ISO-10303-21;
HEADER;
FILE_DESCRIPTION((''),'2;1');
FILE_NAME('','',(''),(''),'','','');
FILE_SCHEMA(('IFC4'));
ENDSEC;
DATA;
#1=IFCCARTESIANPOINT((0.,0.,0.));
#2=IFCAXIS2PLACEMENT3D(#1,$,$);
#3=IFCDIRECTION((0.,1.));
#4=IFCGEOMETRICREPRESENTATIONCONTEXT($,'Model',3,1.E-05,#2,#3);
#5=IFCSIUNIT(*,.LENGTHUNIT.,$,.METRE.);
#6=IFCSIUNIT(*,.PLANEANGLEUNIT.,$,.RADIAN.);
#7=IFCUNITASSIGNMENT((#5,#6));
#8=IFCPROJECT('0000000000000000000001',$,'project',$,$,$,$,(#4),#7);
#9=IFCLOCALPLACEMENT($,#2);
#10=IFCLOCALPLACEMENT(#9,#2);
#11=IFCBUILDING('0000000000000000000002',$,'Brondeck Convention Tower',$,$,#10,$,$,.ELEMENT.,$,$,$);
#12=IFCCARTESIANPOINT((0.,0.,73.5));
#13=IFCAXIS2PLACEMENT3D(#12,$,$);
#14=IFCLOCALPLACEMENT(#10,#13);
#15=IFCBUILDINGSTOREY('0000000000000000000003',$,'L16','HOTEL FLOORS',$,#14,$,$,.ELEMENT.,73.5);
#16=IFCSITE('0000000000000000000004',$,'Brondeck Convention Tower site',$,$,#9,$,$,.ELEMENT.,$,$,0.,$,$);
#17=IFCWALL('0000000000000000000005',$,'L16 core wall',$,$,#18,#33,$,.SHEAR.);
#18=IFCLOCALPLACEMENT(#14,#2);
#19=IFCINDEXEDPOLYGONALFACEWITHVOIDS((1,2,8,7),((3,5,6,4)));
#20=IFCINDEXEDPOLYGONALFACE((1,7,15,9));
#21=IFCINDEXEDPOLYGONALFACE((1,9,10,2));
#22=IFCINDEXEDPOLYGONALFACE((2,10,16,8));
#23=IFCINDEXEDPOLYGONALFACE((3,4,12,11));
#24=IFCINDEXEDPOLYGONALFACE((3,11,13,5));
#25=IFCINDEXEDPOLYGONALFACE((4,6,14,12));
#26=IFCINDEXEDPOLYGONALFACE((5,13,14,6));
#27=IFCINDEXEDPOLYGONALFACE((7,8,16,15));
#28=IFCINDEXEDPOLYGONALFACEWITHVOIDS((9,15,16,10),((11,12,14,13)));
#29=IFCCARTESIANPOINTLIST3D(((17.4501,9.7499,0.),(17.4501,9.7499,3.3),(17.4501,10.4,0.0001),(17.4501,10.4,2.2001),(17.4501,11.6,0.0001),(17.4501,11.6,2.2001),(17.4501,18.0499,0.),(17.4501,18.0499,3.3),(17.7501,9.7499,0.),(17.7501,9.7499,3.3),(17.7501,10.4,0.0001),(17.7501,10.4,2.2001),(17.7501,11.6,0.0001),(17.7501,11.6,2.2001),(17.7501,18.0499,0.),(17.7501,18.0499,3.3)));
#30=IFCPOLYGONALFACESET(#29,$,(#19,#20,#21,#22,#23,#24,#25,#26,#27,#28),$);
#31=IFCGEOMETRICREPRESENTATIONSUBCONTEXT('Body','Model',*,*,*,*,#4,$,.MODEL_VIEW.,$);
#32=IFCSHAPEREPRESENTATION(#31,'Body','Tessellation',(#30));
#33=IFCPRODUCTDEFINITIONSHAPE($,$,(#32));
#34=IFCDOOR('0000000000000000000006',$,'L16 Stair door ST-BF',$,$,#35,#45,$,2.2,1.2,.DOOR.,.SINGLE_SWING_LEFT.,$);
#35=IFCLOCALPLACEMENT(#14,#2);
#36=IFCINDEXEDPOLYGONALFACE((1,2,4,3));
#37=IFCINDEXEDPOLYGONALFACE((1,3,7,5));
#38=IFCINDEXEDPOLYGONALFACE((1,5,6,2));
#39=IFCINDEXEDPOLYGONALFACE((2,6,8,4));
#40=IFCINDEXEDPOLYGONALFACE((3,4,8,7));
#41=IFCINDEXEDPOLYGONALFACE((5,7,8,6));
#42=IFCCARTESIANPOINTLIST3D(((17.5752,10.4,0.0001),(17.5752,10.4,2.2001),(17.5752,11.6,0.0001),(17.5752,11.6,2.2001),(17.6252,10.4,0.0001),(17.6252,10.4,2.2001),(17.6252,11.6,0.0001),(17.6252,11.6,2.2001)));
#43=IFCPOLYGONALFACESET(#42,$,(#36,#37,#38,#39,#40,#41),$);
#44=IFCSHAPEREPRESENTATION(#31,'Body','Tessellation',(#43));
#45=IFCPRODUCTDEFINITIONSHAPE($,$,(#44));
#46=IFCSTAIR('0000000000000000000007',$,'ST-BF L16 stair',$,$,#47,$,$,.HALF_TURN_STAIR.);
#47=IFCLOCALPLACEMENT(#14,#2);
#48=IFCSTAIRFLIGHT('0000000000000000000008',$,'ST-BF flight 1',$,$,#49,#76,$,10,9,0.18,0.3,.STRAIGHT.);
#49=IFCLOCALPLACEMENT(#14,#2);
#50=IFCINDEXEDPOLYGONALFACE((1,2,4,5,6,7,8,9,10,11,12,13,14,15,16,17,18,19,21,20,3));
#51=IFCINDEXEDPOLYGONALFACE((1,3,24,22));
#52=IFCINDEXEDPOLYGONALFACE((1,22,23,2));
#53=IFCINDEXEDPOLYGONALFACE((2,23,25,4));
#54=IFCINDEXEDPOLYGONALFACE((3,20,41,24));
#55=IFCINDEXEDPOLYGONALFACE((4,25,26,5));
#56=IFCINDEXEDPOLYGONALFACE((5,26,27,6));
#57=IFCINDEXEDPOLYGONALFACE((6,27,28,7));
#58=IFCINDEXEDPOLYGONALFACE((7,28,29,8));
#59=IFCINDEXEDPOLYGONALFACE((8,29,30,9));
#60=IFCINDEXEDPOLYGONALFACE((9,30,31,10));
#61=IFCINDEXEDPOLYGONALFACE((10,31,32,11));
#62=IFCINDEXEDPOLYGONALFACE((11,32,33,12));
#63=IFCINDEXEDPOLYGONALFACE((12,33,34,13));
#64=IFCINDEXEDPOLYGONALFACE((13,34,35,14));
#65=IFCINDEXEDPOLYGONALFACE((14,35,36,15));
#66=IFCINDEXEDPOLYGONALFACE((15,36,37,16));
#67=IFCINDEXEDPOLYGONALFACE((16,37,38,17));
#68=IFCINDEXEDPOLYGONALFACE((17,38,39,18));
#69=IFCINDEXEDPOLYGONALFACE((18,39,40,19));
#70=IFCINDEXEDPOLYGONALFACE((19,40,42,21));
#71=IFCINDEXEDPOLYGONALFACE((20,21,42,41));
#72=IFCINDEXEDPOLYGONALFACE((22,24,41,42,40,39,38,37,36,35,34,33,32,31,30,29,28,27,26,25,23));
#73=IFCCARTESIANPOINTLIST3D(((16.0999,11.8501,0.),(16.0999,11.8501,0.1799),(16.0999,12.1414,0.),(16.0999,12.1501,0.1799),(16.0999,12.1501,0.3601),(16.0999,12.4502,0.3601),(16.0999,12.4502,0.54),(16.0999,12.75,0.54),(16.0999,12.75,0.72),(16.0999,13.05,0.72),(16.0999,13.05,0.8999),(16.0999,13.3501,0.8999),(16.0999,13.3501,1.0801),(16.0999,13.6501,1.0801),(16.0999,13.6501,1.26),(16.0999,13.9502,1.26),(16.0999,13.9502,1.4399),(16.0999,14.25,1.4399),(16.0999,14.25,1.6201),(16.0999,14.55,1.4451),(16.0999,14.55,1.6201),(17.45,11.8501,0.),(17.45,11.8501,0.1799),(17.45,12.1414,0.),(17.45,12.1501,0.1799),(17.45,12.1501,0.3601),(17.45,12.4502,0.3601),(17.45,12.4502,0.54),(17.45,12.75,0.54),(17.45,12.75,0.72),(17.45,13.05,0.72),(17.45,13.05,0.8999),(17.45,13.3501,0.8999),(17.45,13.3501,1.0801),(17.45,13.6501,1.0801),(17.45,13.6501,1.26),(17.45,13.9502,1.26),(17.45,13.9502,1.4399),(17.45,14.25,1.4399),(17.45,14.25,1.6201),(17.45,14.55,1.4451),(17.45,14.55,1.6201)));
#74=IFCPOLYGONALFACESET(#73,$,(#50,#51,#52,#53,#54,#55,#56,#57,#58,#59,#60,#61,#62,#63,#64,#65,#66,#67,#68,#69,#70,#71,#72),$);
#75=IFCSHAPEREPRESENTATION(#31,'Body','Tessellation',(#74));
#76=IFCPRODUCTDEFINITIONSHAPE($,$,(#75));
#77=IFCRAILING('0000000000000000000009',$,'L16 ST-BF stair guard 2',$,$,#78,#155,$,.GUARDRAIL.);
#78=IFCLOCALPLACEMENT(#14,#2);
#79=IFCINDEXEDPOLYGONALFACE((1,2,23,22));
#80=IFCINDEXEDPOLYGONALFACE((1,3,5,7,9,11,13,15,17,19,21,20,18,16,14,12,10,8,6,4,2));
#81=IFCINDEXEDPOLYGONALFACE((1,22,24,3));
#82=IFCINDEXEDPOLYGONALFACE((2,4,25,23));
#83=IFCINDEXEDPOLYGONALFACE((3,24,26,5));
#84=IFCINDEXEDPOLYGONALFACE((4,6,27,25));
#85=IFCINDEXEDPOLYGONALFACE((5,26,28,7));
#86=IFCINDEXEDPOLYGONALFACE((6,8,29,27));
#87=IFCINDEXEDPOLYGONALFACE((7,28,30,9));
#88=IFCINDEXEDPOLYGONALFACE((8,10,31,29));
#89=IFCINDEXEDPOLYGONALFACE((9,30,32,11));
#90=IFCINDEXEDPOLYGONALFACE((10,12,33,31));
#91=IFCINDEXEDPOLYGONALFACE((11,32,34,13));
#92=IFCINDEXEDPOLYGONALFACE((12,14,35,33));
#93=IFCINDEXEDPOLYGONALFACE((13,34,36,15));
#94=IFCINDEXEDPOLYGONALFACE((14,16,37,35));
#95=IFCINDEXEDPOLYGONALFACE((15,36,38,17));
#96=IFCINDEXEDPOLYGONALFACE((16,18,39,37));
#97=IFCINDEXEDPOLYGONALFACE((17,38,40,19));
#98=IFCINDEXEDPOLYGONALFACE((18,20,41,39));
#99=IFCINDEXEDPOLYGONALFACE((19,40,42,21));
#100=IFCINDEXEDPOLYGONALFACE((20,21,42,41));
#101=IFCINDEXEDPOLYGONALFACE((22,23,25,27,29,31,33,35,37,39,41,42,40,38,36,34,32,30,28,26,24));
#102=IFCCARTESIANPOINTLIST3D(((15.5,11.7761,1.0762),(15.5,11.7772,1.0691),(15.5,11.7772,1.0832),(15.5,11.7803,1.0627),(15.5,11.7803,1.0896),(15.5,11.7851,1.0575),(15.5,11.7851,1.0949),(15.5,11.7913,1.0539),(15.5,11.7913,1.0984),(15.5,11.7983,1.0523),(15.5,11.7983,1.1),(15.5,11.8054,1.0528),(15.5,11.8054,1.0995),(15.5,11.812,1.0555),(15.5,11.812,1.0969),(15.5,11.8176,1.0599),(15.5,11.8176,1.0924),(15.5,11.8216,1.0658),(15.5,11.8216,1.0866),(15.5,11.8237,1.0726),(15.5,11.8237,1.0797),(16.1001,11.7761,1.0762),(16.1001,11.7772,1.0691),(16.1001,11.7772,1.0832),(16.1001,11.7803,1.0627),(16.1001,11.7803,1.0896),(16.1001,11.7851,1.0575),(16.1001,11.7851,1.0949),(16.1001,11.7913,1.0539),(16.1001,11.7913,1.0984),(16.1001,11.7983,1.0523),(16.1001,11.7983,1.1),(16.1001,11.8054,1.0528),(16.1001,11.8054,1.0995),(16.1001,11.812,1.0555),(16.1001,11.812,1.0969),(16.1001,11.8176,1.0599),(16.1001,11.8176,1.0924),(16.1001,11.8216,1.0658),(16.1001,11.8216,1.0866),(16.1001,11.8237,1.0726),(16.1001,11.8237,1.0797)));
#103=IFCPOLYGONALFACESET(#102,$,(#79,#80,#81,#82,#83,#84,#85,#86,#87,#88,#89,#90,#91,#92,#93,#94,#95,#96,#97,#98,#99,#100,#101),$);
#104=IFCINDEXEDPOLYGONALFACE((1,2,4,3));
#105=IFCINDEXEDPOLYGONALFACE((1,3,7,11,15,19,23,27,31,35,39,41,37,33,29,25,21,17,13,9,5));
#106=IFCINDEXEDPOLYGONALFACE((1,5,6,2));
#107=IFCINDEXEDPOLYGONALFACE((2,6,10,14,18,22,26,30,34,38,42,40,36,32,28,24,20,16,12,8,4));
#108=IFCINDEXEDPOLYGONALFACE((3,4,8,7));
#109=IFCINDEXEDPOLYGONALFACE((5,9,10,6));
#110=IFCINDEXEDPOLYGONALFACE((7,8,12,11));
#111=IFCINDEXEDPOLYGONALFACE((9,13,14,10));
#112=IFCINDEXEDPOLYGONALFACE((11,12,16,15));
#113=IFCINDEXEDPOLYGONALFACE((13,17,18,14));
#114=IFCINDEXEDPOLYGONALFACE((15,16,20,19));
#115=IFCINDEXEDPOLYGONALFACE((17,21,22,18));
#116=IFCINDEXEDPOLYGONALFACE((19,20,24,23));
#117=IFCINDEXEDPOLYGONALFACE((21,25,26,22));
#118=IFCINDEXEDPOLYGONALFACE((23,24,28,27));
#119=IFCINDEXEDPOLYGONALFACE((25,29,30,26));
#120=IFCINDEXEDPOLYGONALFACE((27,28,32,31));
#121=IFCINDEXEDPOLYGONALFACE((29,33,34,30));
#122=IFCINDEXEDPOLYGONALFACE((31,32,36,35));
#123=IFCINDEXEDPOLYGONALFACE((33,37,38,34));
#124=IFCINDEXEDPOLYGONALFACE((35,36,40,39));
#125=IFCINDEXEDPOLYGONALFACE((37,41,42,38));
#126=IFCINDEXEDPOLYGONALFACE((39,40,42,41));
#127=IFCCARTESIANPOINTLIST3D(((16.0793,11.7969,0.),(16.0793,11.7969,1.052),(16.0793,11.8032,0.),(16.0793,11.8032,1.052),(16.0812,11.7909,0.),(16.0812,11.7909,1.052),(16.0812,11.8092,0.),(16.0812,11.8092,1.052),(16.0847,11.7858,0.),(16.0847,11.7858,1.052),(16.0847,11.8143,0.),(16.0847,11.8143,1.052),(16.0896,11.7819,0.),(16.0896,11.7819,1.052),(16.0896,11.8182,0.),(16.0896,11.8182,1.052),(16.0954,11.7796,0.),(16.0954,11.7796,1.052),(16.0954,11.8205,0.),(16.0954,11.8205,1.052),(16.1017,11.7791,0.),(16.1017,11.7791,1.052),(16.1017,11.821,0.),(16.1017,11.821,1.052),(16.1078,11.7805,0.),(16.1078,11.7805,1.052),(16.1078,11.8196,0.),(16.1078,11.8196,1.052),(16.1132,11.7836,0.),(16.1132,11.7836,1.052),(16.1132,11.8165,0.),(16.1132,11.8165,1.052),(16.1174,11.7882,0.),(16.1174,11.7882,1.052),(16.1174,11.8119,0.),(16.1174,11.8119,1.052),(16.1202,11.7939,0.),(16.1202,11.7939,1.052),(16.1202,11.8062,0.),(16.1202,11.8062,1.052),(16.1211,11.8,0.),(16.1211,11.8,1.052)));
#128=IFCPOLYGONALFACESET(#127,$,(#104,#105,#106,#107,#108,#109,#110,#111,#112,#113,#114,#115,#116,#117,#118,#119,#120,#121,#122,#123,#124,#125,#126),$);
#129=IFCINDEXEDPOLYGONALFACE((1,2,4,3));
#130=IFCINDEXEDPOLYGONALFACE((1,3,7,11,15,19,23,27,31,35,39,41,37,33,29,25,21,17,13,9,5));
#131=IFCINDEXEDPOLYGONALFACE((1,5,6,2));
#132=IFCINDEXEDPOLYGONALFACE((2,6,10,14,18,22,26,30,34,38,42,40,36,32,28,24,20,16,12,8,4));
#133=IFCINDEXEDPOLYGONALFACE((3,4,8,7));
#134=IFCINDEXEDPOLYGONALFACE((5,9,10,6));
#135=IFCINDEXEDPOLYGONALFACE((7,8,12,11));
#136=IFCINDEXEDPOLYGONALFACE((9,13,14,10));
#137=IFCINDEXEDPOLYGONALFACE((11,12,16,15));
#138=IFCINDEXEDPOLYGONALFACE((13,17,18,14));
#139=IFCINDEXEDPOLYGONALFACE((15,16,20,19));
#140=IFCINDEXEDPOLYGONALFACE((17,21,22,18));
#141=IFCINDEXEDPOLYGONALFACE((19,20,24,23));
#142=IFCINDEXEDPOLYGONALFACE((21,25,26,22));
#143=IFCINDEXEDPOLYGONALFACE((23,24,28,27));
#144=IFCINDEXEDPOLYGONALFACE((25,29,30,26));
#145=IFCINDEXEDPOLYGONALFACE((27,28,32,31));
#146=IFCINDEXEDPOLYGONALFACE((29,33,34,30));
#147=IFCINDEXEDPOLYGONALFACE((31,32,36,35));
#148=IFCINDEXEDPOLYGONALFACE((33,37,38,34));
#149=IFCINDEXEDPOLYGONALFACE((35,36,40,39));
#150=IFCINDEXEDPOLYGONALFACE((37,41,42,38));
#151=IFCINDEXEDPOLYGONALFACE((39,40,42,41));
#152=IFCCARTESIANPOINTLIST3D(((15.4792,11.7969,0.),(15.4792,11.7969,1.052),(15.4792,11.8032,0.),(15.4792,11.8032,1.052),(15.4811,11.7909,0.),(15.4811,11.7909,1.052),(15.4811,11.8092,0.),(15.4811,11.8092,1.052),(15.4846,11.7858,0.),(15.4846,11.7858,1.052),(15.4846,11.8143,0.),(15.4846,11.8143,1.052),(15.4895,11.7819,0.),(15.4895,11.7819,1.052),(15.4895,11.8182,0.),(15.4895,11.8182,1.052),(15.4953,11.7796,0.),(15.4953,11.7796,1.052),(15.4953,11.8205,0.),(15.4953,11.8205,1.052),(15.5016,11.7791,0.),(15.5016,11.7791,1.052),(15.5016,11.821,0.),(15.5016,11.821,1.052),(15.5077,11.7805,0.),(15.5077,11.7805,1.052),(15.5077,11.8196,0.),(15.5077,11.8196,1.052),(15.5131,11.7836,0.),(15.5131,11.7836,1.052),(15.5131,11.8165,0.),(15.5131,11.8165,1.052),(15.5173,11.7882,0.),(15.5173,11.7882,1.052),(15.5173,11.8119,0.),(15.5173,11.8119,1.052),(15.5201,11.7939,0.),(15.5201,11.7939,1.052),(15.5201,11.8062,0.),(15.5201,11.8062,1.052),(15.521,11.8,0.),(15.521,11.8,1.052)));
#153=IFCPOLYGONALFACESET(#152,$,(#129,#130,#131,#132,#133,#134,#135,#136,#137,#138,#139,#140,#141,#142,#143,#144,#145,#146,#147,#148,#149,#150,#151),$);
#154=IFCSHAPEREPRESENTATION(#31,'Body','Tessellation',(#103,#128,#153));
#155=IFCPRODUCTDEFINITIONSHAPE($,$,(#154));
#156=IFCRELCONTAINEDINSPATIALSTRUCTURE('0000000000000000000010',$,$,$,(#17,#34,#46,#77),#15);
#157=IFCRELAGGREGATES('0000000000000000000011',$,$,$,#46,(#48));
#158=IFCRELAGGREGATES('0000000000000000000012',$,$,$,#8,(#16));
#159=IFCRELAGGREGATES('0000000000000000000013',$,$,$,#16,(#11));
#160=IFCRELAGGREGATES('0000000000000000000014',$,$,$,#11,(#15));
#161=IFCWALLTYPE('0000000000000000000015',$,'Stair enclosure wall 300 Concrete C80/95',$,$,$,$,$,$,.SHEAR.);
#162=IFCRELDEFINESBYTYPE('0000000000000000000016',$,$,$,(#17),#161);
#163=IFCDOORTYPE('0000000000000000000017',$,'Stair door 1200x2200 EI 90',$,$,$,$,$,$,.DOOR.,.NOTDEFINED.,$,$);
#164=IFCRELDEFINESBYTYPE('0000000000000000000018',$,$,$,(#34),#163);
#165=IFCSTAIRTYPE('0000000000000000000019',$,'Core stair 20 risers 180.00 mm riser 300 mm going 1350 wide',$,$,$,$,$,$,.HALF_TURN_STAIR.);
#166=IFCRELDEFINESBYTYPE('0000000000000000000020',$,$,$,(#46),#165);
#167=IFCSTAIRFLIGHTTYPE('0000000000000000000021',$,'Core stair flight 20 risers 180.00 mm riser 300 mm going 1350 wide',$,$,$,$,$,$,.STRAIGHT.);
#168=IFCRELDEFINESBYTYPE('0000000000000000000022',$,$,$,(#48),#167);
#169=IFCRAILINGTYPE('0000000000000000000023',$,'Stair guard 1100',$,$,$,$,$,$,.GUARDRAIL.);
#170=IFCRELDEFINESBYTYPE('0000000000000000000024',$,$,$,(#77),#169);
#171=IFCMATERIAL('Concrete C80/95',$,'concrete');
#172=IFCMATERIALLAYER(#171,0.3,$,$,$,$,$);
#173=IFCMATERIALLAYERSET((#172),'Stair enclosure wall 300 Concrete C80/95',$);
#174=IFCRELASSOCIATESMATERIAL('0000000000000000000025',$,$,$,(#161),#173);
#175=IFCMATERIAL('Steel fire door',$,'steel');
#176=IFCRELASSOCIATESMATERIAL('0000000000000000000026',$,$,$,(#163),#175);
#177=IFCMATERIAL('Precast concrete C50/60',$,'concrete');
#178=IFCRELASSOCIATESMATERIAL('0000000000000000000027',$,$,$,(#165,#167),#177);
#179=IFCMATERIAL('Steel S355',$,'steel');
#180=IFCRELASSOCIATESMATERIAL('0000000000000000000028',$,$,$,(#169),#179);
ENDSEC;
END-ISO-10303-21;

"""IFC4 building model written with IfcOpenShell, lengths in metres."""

from ifc_helpers import new_model, si_unit, direction, frame, frame_2d, origin, origin_2d, place, context, subcontext, project, spatial, polyline, rectangle, circle, outline, extrude, material, layer, layer_set, type_object, element, fill, aggregate, save


model = new_model("IFC4")

# Units and contexts
model_context = context("Model", 3, precision=1e-05, world=origin(), true_north=direction((0.0, 1.0)))
body_context = subcontext(model_context, "Body", "Model", "MODEL_VIEW")
ifc_project = project(units=[si_unit("LENGTHUNIT", "METRE"), si_unit("PLANEANGLEUNIT", "RADIAN")], contexts=[model_context])

# Site, building, storey
site_placement = place(None, origin())
site = spatial("IfcSite", under=ifc_project, at=site_placement, Name="Brondeck Convention Tower site", CompositionType="ELEMENT", RefElevation=0.0)
building_placement = place(site_placement, origin())
building = spatial("IfcBuilding", under=site, at=building_placement, Name="Brondeck Convention Tower", CompositionType="ELEMENT")
storey_placement = place(building_placement, frame((0.0, 0.0, 73.5)))
storey = spatial("IfcBuildingStorey", under=building, at=storey_placement, Name="L16", Description="HOTEL FLOORS", CompositionType="ELEMENT", Elevation=73.5)

# Shared definitions
ifc_material_1 = material(Name="Concrete C80/95", Category="concrete")

# Shared definitions
ifc_material_2 = material(Name="Steel S355", Category="steel")

# Shared definitions
ifc_layer_1 = layer(ifc_material_1, 0.3)
ifc_layer_set_1 = layer_set([ifc_layer_1], Name="Stair enclosure wall 300 Concrete C80/95")
wall_type_1 = type_object("IfcWallType", Name="Stair enclosure wall 300 Concrete C80/95", PredefinedType="SHEAR", material=ifc_layer_set_1)

# Wall, opening, door
wall_1_placement = place(storey_placement, frame((17.6001, 9.75, 0.0), z_axis=(0.0, 0.0, 1.0), x_axis=(0.0, 1.0, 0.0)))
wall_1 = element("IfcWall", 1, at=wall_1_placement, inside=storey, type_object=wall_type_1, Name="L16 core wall", PredefinedType="SHEAR", context=body_context, shape_type="SweptSolid", body=[
    extrude(rectangle(XDim=8.3, YDim=0.3, at=frame_2d((4.1499, 0.0))), origin(), (0.0, 0.0, 1.0), 3.3),
])
opening_1_placement = place(wall_1_placement, frame((0.6499, 0.0, 0.0)))
opening_1 = element("IfcOpeningElement", 2, at=opening_1_placement, cuts=wall_1, PredefinedType="OPENING", context=body_context, shape_type="SweptSolid", body=[
    extrude(rectangle(XDim=1.2, YDim=2.2, at=frame_2d((0.6001, 1.1001))), frame((0.0, 0.1599, 0.0), z_axis=(0.0, -1.0, 0.0), x_axis=(1.0, 0.0, 0.0)), (0.0, 0.0, 1.0), 0.3201),
])
ifc_material_3 = material(Name="Steel fire door", Category="steel")
door_type_1 = type_object("IfcDoorType", Name="Stair door 1200x2200 EI 90", OperationType="NOTDEFINED", PredefinedType="DOOR", material=ifc_material_3)
door_1_placement = place(opening_1_placement, origin())
door_1 = element("IfcDoor", 3, at=door_1_placement, inside=storey, type_object=door_type_1, Name="L16 Stair door ST-BF", OperationType="SINGLE_SWING_LEFT", OverallHeight=2.2, OverallWidth=1.2, PredefinedType="DOOR", context=body_context, shape_type="SweptSolid", body=[
    extrude(rectangle(XDim=1.2, YDim=2.2, at=frame_2d((0.6001, 1.1001))), frame((0.0, 0.0249, 0.0), z_axis=(0.0, -1.0, 0.0), x_axis=(1.0, 0.0, 0.0)), (0.0, 0.0, 1.0), 0.05),
])
fill(opening_1, door_1)

# Stair, stair flight
ifc_material_4 = material(Name="Precast concrete C50/60", Category="concrete")
stair_type = type_object("IfcStairType", Name="Core stair 20 risers 180.00 mm riser 300 mm going 1350 wide", PredefinedType="HALF_TURN_STAIR", material=ifc_material_4)
stair_placement = place(storey_placement, origin())
stair = element("IfcStair", 4, at=stair_placement, inside=storey, type_object=stair_type, Name="ST-BF L16 stair", PredefinedType="HALF_TURN_STAIR")
stair_flight_type = type_object("IfcStairFlightType", Name="Core stair flight 20 risers 180.00 mm riser 300 mm going 1350 wide", PredefinedType="STRAIGHT", material=ifc_material_4)
stair_flight_placement = place(storey_placement, frame((16.7749, 11.8501, 0.0), z_axis=(0.0, 0.0, 1.0), x_axis=(0.0, 1.0, 0.0)))
stair_flight = element("IfcStairFlight", 5, at=stair_flight_placement, type_object=stair_flight_type, Name="ST-BF flight 1", NumberOfRisers=10, NumberOfTreads=9, PredefinedType="STRAIGHT", RiserHeight=0.18, TreadLength=0.3, context=body_context, shape_type="SweptSolid", body=[
    extrude(outline(polyline([(0.0, 0.0), (0.0, 0.1799), (0.3, 0.1799), (0.3, 0.3601), (0.6001, 0.3601), (0.6001, 0.54), (0.8999, 0.54), (0.8999, 0.72), (1.2, 0.72), (1.2, 0.8999), (1.5, 0.8999), (1.5, 1.0801), (1.8, 1.0801), (1.8, 1.26), (2.1001, 1.26), (2.1001, 1.4399), (2.3999, 1.4399), (2.3999, 1.6201), (2.7, 1.6201), (2.7, 1.8), (2.7, 1.4451), (0.2913, 0.0), (0.0, 0.0)])), frame((0.0, 0.675, 0.0), z_axis=(0.0, -1.0, 0.0), x_axis=(1.0, 0.0, 0.0)), (0.0, 0.0, 1.0), 1.3501),
])
aggregate(stair, [stair_flight])

# Railing
railing_type_1 = type_object("IfcRailingType", Name="Stair guard 1100", PredefinedType="GUARDRAIL", material=ifc_material_2)
railing_1_placement = place(storey_placement, frame((16.1001, 11.8, 0.0)))
element("IfcRailing", 6, at=railing_1_placement, inside=storey, type_object=railing_type_1, Name="L16 ST-BF stair guard 2", PredefinedType="GUARDRAIL", context=body_context, shape_type="SweptSolid", body=[
    extrude(circle(Radius=0.0239, at=origin_2d()), frame((0.0, 0.0, 1.0762), z_axis=(-1.0, 0.0, 0.0), x_axis=(0.0, -1.0, 0.0)), (0.0, 0.0, 1.0), 0.6001),
    extrude(circle(Radius=0.021, at=origin_2d()), origin(), (0.0, 0.0, 1.0), 1.052),
    extrude(circle(Radius=0.021, at=origin_2d()), frame((-0.6001, 0.0, 0.0)), (0.0, 0.0, 1.0), 1.052),
])

save(model, "model.ifc")
